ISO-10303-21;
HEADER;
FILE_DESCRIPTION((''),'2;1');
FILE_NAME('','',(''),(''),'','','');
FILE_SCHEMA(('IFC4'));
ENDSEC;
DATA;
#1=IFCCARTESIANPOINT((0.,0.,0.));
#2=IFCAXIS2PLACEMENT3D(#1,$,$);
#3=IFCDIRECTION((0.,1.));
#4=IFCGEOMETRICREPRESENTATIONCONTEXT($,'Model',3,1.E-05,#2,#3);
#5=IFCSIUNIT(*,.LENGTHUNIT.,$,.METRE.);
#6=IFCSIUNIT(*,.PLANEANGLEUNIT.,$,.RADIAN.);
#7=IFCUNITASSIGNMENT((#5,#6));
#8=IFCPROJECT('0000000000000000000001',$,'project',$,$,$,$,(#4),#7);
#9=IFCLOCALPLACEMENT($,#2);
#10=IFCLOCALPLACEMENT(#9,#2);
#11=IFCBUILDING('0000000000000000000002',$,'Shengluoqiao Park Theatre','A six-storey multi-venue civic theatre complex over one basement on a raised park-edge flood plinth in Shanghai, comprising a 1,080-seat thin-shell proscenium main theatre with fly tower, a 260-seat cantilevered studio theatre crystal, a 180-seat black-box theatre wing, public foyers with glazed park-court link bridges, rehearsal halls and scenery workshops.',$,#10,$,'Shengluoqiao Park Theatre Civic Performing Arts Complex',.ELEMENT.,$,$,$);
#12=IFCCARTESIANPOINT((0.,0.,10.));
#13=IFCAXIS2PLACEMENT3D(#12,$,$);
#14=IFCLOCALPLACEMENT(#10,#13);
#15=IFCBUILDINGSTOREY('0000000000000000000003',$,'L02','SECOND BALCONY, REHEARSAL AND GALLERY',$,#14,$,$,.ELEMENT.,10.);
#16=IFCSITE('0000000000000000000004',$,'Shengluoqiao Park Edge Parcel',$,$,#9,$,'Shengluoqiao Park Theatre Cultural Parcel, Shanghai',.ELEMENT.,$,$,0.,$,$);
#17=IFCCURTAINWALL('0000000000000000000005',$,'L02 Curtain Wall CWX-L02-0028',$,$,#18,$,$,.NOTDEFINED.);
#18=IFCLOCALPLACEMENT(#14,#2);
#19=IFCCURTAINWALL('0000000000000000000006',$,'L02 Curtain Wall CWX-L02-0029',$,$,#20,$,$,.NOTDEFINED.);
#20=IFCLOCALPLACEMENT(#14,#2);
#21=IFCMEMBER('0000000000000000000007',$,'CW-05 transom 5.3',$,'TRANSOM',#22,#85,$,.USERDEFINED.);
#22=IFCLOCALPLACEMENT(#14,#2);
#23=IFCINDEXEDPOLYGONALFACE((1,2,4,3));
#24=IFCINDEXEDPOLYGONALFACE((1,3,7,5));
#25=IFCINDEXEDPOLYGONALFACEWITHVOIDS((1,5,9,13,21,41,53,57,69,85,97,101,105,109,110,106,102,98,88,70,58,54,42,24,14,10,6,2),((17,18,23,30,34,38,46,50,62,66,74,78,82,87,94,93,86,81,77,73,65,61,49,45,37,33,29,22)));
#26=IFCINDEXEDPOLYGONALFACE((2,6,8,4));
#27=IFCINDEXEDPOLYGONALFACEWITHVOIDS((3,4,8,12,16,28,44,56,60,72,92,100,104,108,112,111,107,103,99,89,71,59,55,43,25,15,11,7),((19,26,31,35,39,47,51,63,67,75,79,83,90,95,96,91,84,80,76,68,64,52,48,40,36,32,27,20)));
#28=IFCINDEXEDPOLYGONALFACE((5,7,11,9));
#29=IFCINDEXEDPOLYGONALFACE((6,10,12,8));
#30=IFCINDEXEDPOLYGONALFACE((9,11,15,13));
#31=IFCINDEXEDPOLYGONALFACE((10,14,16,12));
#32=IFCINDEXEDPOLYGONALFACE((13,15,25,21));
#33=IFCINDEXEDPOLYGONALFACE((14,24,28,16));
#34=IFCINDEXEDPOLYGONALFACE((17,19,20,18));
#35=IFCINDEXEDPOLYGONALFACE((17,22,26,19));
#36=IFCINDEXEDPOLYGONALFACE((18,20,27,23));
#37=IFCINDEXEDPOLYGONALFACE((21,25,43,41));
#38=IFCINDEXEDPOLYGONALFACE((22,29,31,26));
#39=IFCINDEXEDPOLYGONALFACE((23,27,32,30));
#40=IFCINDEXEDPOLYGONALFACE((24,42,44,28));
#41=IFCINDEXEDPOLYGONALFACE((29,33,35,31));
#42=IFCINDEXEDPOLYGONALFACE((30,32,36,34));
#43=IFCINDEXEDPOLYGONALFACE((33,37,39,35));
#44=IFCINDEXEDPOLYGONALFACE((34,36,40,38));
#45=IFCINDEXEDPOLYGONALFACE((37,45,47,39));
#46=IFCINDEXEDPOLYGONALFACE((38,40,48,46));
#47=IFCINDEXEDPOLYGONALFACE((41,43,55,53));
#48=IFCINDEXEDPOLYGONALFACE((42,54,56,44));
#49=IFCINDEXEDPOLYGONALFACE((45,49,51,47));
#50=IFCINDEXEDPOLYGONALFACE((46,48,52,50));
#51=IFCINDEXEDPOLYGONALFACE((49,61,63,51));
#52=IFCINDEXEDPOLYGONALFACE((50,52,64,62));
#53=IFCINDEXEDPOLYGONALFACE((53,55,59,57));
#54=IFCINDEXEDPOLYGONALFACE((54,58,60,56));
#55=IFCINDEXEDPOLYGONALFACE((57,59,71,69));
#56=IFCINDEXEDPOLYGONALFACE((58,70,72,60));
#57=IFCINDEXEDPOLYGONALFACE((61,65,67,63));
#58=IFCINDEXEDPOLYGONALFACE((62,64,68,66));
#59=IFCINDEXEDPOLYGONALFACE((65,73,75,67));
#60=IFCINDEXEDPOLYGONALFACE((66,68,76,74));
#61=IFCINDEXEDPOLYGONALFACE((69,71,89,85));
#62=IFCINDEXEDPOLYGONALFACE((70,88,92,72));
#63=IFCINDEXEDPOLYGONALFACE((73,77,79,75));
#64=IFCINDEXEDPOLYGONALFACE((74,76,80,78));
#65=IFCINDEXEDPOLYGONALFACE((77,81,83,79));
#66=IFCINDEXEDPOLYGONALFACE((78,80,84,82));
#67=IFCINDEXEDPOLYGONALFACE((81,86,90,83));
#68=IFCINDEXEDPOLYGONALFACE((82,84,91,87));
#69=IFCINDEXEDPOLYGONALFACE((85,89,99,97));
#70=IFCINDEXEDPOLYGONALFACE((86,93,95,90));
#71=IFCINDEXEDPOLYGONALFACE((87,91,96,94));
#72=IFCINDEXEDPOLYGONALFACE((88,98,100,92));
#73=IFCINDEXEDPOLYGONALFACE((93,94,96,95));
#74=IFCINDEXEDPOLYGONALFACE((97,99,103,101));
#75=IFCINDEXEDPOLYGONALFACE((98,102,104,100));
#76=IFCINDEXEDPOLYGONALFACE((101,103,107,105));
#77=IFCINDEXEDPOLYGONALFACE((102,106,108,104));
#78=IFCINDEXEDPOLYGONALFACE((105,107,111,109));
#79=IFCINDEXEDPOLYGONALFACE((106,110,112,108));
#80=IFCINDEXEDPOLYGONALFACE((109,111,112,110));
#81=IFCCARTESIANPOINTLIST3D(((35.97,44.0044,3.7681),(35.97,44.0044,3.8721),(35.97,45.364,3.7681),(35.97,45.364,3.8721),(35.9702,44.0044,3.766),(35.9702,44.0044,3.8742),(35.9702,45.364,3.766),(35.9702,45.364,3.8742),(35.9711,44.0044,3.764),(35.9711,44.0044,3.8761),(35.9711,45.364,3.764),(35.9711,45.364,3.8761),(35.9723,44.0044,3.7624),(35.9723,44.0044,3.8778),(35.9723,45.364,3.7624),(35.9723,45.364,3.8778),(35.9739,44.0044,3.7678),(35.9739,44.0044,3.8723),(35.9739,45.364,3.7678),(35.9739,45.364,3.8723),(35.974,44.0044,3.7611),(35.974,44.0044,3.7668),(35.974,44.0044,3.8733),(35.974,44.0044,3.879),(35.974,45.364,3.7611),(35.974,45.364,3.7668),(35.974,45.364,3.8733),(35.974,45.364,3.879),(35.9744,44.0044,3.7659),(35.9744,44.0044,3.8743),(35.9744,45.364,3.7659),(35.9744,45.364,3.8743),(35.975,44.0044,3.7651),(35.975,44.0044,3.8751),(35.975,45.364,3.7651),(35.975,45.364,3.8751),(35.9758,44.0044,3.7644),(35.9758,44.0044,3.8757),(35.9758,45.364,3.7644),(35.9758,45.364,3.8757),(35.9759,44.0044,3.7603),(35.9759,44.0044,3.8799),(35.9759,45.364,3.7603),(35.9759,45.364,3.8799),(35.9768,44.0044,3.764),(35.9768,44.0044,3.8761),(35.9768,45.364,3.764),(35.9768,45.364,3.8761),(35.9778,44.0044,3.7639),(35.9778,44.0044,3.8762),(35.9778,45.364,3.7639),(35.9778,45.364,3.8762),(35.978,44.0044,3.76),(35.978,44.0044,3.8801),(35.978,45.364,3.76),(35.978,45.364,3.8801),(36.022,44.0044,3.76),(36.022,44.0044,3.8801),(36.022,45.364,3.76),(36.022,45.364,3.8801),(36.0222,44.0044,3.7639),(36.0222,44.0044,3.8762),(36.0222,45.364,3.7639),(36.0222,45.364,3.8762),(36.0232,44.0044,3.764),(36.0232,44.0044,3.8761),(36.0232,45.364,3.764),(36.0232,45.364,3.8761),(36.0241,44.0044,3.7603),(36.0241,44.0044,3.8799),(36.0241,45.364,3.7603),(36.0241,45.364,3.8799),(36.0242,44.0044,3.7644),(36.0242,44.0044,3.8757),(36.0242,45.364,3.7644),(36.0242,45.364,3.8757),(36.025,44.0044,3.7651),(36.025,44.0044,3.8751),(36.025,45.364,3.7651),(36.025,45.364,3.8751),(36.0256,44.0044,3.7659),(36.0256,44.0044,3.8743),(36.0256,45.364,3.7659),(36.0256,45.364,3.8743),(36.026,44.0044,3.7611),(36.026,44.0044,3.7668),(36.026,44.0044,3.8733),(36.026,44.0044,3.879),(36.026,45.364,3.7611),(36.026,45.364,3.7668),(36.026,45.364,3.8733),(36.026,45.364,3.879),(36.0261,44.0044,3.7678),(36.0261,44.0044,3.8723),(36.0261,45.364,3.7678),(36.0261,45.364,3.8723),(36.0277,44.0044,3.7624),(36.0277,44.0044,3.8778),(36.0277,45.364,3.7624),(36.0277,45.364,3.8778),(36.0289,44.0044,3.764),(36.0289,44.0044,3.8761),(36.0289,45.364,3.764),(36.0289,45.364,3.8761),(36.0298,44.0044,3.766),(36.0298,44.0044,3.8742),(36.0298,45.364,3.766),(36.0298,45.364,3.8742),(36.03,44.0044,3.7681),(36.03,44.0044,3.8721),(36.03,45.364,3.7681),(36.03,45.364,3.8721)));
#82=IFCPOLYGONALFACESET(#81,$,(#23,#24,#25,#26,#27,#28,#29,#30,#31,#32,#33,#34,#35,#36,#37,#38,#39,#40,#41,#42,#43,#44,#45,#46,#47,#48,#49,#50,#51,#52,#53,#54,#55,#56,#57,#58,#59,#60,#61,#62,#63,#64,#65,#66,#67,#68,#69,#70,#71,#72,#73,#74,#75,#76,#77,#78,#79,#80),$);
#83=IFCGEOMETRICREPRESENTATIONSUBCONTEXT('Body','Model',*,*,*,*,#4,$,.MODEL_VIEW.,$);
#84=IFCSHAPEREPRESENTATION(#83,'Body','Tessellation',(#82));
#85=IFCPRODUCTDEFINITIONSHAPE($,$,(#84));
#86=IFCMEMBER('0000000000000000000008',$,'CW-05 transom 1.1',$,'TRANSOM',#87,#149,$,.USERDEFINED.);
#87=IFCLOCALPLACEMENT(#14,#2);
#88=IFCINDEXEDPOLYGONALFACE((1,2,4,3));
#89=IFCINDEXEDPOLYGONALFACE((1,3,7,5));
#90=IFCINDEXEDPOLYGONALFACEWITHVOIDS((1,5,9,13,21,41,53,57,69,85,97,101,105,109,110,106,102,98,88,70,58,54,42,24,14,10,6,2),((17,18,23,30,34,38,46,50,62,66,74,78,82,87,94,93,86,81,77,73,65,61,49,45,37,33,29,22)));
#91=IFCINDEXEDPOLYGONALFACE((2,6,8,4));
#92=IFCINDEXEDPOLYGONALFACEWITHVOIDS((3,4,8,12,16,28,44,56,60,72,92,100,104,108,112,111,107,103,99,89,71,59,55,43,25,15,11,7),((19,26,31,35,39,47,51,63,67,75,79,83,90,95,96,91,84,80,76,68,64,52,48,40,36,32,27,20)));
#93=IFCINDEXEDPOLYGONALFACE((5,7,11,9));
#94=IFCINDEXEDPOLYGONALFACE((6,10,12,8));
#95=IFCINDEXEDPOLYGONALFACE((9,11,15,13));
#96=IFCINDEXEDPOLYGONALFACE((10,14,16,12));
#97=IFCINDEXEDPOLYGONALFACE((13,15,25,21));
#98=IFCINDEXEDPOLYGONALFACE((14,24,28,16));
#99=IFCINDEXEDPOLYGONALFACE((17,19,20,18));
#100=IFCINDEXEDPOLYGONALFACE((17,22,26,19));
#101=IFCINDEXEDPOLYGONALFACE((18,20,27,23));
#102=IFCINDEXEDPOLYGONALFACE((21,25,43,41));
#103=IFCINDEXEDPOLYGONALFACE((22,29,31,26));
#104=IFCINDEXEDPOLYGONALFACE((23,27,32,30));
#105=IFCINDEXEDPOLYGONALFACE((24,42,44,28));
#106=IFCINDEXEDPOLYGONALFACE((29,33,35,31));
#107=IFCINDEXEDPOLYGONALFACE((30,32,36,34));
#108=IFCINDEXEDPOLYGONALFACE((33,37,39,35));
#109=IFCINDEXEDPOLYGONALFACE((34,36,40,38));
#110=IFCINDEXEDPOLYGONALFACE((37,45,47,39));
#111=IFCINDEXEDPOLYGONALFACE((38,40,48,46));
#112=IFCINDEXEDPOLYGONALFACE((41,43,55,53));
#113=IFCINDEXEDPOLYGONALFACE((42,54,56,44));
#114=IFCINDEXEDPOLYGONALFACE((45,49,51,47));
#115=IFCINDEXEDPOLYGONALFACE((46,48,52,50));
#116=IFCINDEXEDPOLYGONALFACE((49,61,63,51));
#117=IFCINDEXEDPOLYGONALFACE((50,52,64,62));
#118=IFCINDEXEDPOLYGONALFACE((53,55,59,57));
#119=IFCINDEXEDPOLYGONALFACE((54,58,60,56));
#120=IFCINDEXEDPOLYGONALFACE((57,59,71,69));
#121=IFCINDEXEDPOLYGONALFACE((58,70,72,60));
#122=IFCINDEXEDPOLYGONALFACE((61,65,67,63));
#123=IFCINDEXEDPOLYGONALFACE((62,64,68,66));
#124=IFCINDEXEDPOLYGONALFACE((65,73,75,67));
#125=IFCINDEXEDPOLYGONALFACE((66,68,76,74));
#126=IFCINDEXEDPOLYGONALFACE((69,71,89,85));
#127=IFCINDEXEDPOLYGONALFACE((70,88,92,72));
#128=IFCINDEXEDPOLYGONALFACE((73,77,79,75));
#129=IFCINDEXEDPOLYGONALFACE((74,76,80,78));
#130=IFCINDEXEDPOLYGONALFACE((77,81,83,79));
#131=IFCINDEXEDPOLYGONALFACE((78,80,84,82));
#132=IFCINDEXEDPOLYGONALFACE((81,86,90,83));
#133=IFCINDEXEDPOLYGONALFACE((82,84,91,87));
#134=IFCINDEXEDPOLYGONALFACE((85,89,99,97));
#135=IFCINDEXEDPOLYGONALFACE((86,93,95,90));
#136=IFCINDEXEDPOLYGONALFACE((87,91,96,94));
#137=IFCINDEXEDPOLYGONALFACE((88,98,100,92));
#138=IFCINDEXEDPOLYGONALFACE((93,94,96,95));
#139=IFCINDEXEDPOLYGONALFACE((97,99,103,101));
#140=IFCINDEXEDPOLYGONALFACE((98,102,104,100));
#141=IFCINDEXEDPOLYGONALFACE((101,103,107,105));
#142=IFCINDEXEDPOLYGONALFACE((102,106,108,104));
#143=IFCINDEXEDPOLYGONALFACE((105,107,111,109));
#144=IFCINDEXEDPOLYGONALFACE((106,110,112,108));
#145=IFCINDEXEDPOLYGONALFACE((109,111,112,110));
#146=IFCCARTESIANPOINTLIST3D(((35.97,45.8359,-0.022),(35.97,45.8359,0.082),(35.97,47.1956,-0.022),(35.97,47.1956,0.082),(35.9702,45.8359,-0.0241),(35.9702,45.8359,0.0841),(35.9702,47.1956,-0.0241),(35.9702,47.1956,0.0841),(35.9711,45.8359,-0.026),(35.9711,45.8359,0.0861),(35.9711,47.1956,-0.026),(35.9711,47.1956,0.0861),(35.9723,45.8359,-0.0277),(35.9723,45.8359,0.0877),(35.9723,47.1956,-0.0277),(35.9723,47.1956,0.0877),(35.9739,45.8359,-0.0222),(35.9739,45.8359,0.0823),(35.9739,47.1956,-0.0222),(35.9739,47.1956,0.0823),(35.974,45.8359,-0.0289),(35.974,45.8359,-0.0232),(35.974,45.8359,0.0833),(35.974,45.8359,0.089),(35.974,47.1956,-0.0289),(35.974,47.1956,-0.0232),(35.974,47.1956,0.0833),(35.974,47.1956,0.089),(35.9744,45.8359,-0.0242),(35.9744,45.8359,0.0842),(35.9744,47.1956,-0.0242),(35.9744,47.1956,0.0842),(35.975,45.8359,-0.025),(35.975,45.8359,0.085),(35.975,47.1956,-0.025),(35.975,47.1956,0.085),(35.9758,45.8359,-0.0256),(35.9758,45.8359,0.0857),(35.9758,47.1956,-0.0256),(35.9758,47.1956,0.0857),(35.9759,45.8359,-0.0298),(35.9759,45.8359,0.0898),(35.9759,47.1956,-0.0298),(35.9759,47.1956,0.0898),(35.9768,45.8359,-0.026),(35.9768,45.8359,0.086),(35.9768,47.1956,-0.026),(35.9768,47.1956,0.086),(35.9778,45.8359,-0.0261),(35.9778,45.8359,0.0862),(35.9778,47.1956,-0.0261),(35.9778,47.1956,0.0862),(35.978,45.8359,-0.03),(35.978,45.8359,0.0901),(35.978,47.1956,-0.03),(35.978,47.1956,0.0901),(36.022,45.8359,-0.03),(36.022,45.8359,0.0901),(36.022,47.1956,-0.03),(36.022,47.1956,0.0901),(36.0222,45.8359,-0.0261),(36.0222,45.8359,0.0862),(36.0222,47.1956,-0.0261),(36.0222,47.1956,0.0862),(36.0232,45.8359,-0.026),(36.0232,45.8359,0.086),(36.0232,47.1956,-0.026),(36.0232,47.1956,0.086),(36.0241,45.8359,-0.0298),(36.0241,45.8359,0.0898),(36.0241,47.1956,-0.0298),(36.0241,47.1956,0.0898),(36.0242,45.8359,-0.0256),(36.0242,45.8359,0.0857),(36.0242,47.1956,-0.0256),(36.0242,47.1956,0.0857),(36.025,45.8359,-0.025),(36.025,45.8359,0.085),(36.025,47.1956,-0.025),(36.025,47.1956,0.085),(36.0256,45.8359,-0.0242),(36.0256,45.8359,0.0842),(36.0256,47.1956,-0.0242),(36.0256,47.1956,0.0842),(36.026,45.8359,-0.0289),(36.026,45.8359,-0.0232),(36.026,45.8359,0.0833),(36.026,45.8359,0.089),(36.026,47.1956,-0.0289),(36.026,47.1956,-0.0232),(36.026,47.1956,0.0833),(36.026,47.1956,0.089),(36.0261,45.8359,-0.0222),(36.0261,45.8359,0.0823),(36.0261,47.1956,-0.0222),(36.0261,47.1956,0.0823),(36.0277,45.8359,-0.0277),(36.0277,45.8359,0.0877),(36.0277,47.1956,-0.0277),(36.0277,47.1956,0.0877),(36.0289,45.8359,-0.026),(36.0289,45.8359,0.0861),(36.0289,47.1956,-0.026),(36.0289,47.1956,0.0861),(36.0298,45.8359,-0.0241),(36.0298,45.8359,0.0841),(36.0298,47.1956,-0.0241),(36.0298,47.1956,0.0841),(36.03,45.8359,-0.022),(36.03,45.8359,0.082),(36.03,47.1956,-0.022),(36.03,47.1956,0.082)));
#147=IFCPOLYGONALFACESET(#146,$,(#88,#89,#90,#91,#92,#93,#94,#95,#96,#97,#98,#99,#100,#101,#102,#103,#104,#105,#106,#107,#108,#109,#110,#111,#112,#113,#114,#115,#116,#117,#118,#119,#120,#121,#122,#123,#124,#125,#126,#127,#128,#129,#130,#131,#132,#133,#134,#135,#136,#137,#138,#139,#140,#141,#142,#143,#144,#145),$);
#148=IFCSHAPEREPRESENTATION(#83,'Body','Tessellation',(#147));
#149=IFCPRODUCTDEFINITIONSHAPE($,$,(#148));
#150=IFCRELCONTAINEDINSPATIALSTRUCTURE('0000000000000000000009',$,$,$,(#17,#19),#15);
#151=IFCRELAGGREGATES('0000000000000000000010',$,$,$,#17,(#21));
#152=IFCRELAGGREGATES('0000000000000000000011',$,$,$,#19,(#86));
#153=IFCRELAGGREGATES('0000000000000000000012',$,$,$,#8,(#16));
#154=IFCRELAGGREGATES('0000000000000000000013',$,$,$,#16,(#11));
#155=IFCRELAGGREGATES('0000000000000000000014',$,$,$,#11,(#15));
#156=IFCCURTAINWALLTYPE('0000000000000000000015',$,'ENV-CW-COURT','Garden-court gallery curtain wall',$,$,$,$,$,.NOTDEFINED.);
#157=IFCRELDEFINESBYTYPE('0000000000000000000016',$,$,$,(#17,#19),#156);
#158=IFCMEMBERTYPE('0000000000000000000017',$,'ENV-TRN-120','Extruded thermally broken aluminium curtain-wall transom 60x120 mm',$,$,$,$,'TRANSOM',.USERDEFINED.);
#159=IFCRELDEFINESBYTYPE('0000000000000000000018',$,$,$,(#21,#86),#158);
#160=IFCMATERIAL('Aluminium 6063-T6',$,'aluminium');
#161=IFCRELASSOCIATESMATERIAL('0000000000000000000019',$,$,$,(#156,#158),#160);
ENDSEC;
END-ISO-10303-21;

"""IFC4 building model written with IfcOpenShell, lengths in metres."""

from ifc_helpers import new_model, si_unit, direction, frame, origin, origin_2d, place, context, subcontext, project, spatial, hollow_rectangle, extrude, material, material_profile, profile_set, type_object, element, aggregate, save


model = new_model("IFC4")

# Units and contexts
model_context = context("Model", 3, precision=1e-05, world=origin(), true_north=direction((0.0, 1.0)))
body_context = subcontext(model_context, "Body", "Model", "MODEL_VIEW")
ifc_project = project(units=[si_unit("LENGTHUNIT", "METRE"), si_unit("PLANEANGLEUNIT", "RADIAN")], contexts=[model_context])

# Site, building, storey
site_placement = place(None, origin())
site = spatial("IfcSite", under=ifc_project, at=site_placement, Name="Shengluoqiao Park Edge Parcel", LongName="Shengluoqiao Park Theatre Cultural Parcel, Shanghai", CompositionType="ELEMENT", RefElevation=0.0)
building_placement = place(site_placement, origin())
building = spatial("IfcBuilding", under=site, at=building_placement, Name="Shengluoqiao Park Theatre", Description="A six-storey multi-venue civic theatre complex over one basement on a raised park-edge flood plinth in Shanghai, comprising a 1,080-seat thin-shell proscenium main theatre with fly tower, a 260-seat cantilevered studio theatre crystal, a 180-seat black-box theatre wing, public foyers with glazed park-court link bridges, rehearsal halls and scenery workshops.", LongName="Shengluoqiao Park Theatre Civic Performing Arts Complex", CompositionType="ELEMENT")
storey_placement = place(building_placement, frame((0.0, 0.0, 10.0)))
storey = spatial("IfcBuildingStorey", under=building, at=storey_placement, Name="L02", Description="SECOND BALCONY, REHEARSAL AND GALLERY", CompositionType="ELEMENT", Elevation=10.0)

# Curtain walls
ifc_material_1 = material(Name="Aluminium 6063-T6", Category="aluminium")
curtain_wall_type = type_object("IfcCurtainWallType", Name="ENV-CW-COURT", Description="Garden-court gallery curtain wall", PredefinedType="NOTDEFINED", material=ifc_material_1)
curtain_wall_1_placement = place(storey_placement, origin())
curtain_wall_1 = element("IfcCurtainWall", 1, at=curtain_wall_1_placement, inside=storey, type_object=curtain_wall_type, Name="L02 Curtain Wall CWX-L02-0028", PredefinedType="NOTDEFINED")
curtain_wall_2_placement = place(storey_placement, origin())
curtain_wall_2 = element("IfcCurtainWall", 2, at=curtain_wall_2_placement, inside=storey, type_object=curtain_wall_type, Name="L02 Curtain Wall CWX-L02-0029", PredefinedType="NOTDEFINED")

# Members
ifc_material_profile_1 = material_profile(ifc_material_1, hollow_rectangle(XDim=0.0601, YDim=0.1201, WallThickness=0.0039, InnerFilletRadius=0.0039, OuterFilletRadius=0.0081, at=origin_2d()), Name="ALU TRANSOM 120x60x4")
ifc_profile_set_1 = profile_set([ifc_material_profile_1], Name="Aluminium 6063-T6")
member_type_1 = type_object("IfcMemberType", Name="ENV-TRN-120", Description="Extruded thermally broken aluminium curtain-wall transom 60x120 mm", ElementType="TRANSOM", PredefinedType="USERDEFINED", material=ifc_profile_set_1)
member_1_placement = place(storey_placement, frame((36.0, 44.0044, 3.8201), z_axis=(0.0, 1.0, 0.0), x_axis=(-1.0, 0.0, 0.0)))
member_1 = element("IfcMember", 3, at=member_1_placement, type_object=member_type_1, Name="CW-05 transom 5.3", ObjectType="TRANSOM", PredefinedType="USERDEFINED", context=body_context, shape_type="SweptSolid", body=[
    extrude(hollow_rectangle(XDim=0.0601, YDim=0.1201, WallThickness=0.0039, InnerFilletRadius=0.0039, OuterFilletRadius=0.0081, at=origin_2d()), origin(), (0.0, 0.0, 1.0), 1.3596),
])
member_2_placement = place(storey_placement, frame((36.0, 45.8359, 0.03), z_axis=(0.0, 1.0, 0.0), x_axis=(-1.0, 0.0, 0.0)))
member_2 = element("IfcMember", 4, at=member_2_placement, type_object=member_type_1, Name="CW-05 transom 1.1", ObjectType="TRANSOM", PredefinedType="USERDEFINED", context=body_context, shape_type="SweptSolid", body=[
    extrude(hollow_rectangle(XDim=0.0601, YDim=0.1201, WallThickness=0.0039, InnerFilletRadius=0.0039, OuterFilletRadius=0.0081, at=origin_2d()), origin(), (0.0, 0.0, 1.0), 1.3596),
])

aggregate(curtain_wall_1, [member_1])
aggregate(curtain_wall_2, [member_2])

save(model, "model.ifc")
